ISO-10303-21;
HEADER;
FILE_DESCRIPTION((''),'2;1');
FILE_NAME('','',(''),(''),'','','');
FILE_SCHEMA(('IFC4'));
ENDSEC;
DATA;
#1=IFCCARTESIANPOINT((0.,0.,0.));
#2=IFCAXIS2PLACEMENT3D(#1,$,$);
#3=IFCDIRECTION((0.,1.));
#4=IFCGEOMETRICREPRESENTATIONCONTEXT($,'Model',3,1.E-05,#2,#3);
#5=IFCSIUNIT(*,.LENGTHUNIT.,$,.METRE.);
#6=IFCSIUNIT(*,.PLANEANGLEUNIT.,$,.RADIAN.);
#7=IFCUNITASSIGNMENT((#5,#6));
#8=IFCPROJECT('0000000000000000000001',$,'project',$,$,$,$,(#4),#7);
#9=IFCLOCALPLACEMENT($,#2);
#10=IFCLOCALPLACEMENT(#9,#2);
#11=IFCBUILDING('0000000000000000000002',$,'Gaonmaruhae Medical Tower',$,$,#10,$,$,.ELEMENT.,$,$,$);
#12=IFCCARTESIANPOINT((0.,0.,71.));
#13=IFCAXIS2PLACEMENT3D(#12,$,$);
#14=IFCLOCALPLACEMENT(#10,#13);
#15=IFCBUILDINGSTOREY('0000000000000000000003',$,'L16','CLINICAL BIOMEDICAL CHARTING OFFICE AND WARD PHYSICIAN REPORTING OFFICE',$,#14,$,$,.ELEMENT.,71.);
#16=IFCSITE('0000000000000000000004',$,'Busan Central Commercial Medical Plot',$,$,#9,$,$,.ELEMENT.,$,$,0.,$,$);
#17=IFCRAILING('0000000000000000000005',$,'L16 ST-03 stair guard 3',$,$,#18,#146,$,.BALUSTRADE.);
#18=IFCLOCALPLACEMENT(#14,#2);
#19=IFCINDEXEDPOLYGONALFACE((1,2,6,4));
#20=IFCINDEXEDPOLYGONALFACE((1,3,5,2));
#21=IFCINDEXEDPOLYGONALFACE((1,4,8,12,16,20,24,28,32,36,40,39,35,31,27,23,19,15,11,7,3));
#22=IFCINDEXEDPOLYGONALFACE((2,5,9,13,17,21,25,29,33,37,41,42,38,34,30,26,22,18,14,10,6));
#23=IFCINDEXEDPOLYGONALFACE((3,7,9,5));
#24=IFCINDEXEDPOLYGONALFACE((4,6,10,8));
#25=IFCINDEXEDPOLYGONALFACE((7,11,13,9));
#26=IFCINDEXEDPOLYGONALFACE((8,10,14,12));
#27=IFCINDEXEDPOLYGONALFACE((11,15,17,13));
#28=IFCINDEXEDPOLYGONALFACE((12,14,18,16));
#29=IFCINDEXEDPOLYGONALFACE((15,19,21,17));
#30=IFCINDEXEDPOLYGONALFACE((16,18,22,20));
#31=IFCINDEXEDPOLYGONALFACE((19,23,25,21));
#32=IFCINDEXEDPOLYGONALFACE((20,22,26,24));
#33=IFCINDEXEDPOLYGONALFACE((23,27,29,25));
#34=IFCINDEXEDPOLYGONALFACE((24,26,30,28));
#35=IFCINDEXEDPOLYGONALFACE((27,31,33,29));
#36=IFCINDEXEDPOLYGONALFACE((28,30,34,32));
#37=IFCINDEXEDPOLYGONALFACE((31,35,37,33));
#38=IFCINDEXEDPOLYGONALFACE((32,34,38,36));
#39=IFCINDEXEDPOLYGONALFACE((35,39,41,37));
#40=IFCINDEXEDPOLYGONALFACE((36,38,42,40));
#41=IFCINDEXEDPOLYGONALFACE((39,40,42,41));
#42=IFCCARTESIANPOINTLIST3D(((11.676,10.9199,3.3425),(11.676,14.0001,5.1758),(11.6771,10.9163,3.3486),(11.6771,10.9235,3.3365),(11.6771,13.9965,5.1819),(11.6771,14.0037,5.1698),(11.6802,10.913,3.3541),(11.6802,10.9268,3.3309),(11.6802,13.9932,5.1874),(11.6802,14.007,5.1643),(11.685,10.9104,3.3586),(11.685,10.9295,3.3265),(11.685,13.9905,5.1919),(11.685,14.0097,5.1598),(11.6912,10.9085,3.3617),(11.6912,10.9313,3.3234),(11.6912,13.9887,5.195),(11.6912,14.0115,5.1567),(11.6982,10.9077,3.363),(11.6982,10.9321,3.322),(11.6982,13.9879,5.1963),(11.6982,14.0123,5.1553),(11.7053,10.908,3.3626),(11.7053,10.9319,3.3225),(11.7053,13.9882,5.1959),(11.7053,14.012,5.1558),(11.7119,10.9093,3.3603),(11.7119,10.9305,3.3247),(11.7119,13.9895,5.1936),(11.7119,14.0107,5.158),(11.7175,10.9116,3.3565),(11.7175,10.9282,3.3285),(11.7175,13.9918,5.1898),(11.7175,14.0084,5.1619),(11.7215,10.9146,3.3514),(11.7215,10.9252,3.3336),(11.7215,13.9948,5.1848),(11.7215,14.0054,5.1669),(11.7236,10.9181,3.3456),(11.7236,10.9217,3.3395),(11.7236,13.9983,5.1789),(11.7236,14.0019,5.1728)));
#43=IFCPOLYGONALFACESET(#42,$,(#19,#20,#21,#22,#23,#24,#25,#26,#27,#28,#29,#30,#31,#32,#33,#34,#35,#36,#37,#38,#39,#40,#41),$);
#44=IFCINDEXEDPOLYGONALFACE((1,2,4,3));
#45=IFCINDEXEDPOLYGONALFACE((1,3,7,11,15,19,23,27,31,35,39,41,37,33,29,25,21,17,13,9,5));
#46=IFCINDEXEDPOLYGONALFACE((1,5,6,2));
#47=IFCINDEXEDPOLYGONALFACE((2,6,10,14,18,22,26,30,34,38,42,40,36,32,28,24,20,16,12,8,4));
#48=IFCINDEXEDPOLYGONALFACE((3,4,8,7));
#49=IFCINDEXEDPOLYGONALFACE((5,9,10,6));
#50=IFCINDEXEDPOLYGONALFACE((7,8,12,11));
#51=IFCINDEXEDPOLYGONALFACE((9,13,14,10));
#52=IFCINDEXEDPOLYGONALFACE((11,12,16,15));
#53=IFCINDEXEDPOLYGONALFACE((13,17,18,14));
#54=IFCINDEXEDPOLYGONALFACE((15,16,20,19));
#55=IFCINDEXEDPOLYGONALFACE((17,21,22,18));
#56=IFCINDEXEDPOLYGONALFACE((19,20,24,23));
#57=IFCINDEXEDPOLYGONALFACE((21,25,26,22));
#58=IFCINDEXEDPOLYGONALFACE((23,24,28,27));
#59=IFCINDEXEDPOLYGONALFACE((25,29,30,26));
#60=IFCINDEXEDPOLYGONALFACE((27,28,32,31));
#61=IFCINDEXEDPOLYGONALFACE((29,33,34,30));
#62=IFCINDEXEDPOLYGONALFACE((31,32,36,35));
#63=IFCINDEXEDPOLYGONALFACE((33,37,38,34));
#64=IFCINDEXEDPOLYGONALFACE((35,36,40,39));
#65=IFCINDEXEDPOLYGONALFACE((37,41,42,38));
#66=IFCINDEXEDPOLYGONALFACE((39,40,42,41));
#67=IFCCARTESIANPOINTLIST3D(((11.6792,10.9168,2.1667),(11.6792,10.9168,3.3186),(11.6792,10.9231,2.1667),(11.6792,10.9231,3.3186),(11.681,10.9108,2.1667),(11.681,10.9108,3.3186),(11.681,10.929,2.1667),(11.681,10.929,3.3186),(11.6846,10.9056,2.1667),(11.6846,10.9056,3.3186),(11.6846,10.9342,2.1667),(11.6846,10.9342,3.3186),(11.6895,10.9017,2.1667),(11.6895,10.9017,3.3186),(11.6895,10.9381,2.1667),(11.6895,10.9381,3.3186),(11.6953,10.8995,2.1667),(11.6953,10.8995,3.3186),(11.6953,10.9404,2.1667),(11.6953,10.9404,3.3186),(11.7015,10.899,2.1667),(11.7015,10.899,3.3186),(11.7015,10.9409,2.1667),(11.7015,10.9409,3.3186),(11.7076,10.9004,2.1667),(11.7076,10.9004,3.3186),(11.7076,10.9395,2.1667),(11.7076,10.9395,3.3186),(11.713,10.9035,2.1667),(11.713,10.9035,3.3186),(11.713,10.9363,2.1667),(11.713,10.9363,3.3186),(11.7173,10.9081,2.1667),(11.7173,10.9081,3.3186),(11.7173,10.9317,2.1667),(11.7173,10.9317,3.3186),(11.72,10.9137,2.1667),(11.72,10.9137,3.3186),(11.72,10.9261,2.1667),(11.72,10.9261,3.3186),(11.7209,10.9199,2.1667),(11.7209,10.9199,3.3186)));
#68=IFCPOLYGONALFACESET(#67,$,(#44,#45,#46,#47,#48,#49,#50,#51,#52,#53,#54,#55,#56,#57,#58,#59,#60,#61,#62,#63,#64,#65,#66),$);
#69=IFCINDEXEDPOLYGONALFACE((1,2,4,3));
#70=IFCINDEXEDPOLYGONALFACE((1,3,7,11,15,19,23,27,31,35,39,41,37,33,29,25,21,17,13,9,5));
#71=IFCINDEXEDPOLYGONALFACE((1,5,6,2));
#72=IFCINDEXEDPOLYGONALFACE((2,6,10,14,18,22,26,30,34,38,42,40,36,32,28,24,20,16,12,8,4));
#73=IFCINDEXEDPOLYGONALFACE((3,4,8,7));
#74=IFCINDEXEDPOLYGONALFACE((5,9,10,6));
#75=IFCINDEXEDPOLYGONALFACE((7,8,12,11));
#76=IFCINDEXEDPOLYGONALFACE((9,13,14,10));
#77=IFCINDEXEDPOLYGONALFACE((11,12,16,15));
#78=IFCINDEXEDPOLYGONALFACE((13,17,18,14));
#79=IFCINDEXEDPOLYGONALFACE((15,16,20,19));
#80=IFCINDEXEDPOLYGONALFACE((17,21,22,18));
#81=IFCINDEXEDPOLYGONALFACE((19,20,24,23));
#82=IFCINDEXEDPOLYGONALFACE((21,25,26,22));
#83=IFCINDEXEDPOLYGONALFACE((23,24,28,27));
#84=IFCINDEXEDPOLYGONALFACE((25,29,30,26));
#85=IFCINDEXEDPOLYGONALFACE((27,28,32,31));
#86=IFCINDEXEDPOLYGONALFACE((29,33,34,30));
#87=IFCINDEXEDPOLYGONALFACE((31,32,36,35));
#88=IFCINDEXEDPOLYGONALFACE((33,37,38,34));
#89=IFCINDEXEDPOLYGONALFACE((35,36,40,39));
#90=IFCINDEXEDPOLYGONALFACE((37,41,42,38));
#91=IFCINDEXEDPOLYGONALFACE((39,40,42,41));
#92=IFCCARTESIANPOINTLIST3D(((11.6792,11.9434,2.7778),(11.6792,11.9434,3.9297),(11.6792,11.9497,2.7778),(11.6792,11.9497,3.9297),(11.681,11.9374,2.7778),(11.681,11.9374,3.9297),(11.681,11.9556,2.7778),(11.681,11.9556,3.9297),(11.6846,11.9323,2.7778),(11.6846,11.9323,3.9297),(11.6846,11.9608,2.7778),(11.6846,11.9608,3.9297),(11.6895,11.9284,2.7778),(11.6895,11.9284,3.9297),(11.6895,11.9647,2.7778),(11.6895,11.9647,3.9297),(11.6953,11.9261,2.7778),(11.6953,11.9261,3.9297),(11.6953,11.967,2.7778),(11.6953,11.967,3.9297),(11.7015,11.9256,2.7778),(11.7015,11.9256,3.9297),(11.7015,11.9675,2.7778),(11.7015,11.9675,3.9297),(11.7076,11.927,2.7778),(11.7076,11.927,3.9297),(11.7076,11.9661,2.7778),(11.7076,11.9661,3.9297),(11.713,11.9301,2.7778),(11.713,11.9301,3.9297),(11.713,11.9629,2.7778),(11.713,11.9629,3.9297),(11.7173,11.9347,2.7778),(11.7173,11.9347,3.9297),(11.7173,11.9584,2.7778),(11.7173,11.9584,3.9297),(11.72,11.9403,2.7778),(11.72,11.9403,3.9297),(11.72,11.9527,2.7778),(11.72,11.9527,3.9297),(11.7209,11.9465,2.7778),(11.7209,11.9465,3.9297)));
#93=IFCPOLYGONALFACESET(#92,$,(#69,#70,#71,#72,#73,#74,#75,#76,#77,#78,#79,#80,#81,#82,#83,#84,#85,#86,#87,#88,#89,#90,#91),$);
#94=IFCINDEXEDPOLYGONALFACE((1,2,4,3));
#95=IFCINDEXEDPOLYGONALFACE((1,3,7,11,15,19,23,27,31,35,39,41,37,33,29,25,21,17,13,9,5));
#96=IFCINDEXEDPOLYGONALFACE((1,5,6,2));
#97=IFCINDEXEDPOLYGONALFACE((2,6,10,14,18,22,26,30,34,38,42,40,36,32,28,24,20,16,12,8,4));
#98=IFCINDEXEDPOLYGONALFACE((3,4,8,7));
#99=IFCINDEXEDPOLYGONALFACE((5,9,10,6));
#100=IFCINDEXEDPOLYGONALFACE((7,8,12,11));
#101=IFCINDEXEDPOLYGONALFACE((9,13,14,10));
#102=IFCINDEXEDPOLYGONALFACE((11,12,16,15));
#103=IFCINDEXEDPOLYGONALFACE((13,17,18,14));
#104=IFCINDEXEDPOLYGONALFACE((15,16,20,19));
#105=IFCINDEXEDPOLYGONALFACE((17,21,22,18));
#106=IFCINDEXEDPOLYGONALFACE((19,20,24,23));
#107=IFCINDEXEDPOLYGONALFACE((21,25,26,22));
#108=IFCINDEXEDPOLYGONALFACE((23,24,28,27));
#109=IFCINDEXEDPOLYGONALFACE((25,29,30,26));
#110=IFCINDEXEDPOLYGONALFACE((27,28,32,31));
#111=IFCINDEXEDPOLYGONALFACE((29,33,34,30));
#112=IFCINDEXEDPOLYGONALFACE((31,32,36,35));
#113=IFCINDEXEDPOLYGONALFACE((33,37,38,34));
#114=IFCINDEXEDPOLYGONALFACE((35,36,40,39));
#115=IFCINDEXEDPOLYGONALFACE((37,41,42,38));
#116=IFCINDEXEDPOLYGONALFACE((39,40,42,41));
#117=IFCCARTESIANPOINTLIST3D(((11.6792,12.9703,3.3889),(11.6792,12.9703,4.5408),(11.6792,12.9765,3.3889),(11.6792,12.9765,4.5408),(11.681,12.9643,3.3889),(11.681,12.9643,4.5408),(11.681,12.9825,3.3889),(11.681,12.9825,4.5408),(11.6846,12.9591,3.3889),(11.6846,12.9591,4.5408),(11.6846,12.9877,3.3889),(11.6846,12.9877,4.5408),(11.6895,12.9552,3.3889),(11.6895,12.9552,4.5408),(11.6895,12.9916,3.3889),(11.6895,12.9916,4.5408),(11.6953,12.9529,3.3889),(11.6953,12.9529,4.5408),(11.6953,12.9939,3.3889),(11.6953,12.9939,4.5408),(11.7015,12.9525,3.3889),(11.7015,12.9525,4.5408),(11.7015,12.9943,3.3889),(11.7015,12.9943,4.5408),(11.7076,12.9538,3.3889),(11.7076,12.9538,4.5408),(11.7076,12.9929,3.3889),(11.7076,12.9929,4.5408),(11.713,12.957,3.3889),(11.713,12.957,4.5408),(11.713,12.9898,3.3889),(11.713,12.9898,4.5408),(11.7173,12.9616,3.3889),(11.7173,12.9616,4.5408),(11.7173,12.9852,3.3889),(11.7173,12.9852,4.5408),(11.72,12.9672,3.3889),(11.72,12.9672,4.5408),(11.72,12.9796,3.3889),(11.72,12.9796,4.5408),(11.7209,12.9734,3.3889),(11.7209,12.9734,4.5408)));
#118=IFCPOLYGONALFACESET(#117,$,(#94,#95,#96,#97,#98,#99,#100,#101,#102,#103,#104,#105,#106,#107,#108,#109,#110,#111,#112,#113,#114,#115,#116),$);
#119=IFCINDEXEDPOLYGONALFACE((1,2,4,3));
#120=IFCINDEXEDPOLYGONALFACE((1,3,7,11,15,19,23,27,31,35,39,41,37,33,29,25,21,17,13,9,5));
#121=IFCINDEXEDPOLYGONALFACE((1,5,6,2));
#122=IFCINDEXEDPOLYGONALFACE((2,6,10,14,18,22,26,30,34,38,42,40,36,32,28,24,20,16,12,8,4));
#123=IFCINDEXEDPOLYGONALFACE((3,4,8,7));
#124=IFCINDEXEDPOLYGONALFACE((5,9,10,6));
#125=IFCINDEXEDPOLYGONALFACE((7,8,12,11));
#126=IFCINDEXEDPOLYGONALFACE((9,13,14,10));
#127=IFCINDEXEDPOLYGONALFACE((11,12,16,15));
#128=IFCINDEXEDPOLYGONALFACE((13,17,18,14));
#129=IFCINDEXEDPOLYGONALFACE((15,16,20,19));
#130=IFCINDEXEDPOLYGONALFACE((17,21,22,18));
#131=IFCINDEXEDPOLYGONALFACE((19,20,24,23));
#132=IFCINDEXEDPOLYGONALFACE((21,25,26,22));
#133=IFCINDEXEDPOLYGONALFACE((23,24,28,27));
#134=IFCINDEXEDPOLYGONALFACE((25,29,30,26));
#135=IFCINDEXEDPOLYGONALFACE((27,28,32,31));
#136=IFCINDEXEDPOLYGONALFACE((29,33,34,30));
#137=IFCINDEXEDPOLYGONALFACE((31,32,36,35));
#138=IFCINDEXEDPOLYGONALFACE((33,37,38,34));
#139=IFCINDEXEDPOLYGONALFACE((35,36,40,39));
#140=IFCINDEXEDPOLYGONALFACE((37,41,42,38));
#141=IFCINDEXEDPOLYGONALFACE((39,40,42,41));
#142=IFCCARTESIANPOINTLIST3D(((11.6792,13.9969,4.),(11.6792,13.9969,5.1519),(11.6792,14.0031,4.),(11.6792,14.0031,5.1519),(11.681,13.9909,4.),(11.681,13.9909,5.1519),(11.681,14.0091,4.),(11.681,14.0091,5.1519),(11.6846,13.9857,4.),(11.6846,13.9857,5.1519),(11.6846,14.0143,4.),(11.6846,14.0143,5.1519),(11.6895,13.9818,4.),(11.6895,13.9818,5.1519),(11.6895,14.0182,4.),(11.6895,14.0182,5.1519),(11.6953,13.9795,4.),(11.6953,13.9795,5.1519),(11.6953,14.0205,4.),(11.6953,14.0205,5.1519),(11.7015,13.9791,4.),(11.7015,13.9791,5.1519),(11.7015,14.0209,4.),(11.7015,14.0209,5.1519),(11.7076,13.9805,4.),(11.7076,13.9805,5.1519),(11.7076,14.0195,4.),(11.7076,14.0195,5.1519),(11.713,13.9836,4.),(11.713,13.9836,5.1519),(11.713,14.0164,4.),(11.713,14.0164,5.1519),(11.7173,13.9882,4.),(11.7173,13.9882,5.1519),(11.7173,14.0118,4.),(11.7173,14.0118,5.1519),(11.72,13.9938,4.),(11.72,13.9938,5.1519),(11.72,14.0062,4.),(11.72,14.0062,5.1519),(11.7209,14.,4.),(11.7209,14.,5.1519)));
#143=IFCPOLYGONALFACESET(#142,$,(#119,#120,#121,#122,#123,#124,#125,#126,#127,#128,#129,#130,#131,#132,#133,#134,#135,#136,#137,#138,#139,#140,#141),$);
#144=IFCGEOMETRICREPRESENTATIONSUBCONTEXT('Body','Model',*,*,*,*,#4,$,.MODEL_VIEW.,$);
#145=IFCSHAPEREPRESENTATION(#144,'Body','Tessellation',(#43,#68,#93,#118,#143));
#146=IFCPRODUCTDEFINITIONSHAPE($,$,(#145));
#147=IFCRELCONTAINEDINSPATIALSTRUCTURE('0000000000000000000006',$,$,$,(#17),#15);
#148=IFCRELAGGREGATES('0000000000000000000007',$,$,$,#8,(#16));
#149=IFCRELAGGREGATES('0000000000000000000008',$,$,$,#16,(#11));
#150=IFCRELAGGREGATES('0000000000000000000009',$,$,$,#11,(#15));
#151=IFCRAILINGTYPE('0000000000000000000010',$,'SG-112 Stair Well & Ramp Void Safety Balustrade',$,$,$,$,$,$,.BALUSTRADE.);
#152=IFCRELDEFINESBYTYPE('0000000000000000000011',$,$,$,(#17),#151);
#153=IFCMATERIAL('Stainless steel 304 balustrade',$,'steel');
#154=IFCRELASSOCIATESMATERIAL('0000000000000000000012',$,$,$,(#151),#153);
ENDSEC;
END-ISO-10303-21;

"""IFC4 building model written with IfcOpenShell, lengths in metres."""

from ifc_helpers import new_model, si_unit, direction, frame, origin, origin_2d, place, context, subcontext, project, spatial, circle, extrude, material, type_object, element, save


model = new_model("IFC4")

# Units and contexts
model_context = context("Model", 3, precision=1e-05, world=origin(), true_north=direction((0.0, 1.0)))
body_context = subcontext(model_context, "Body", "Model", "MODEL_VIEW")
ifc_project = project(units=[si_unit("LENGTHUNIT", "METRE"), si_unit("PLANEANGLEUNIT", "RADIAN")], contexts=[model_context])

# Site, building, storey
site_placement = place(None, origin())
site = spatial("IfcSite", under=ifc_project, at=site_placement, Name="Busan Central Commercial Medical Plot", CompositionType="ELEMENT", RefElevation=0.0)
building_placement = place(site_placement, origin())
building = spatial("IfcBuilding", under=site, at=building_placement, Name="Gaonmaruhae Medical Tower", CompositionType="ELEMENT")
storey_placement = place(building_placement, frame((0.0, 0.0, 71.0)))
storey = spatial("IfcBuildingStorey", under=building, at=storey_placement, Name="L16", Description="CLINICAL BIOMEDICAL CHARTING OFFICE AND WARD PHYSICIAN REPORTING OFFICE", CompositionType="ELEMENT", Elevation=71.0)

# Railing
ifc_material_1 = material(Name="Stainless steel 304 balustrade", Category="steel")
railing_type_1 = type_object("IfcRailingType", Name="SG-112 Stair Well & Ramp Void Safety Balustrade", PredefinedType="BALUSTRADE", material=ifc_material_1)
railing_1_placement = place(storey_placement, frame((11.7, 10.9199, 2.1667)))
element("IfcRailing", 1, at=railing_1_placement, inside=storey, type_object=railing_type_1, Name="L16 ST-03 stair guard 3", PredefinedType="BALUSTRADE", context=body_context, shape_type="SweptSolid", body=[
    extrude(circle(Radius=0.0239, at=origin_2d()), frame((0.0, 0.0, 1.1758), z_axis=(0.0, 0.859309, 0.511458), x_axis=(-1.0, 0.0, 0.0)), (0.0, 0.0, 1.0), 3.5845),
    extrude(circle(Radius=0.021, at=origin_2d()), origin(), (0.0, 0.0, 1.0), 1.1519),
    extrude(circle(Radius=0.021, at=origin_2d()), frame((0.0, 1.0266, 0.6111)), (0.0, 0.0, 1.0), 1.1519),
    extrude(circle(Radius=0.021, at=origin_2d()), frame((0.0, 2.0535, 1.2222)), (0.0, 0.0, 1.0), 1.1519),
    extrude(circle(Radius=0.021, at=origin_2d()), frame((0.0, 3.0801, 1.8333)), (0.0, 0.0, 1.0), 1.1519),
])

save(model, "model.ifc")
